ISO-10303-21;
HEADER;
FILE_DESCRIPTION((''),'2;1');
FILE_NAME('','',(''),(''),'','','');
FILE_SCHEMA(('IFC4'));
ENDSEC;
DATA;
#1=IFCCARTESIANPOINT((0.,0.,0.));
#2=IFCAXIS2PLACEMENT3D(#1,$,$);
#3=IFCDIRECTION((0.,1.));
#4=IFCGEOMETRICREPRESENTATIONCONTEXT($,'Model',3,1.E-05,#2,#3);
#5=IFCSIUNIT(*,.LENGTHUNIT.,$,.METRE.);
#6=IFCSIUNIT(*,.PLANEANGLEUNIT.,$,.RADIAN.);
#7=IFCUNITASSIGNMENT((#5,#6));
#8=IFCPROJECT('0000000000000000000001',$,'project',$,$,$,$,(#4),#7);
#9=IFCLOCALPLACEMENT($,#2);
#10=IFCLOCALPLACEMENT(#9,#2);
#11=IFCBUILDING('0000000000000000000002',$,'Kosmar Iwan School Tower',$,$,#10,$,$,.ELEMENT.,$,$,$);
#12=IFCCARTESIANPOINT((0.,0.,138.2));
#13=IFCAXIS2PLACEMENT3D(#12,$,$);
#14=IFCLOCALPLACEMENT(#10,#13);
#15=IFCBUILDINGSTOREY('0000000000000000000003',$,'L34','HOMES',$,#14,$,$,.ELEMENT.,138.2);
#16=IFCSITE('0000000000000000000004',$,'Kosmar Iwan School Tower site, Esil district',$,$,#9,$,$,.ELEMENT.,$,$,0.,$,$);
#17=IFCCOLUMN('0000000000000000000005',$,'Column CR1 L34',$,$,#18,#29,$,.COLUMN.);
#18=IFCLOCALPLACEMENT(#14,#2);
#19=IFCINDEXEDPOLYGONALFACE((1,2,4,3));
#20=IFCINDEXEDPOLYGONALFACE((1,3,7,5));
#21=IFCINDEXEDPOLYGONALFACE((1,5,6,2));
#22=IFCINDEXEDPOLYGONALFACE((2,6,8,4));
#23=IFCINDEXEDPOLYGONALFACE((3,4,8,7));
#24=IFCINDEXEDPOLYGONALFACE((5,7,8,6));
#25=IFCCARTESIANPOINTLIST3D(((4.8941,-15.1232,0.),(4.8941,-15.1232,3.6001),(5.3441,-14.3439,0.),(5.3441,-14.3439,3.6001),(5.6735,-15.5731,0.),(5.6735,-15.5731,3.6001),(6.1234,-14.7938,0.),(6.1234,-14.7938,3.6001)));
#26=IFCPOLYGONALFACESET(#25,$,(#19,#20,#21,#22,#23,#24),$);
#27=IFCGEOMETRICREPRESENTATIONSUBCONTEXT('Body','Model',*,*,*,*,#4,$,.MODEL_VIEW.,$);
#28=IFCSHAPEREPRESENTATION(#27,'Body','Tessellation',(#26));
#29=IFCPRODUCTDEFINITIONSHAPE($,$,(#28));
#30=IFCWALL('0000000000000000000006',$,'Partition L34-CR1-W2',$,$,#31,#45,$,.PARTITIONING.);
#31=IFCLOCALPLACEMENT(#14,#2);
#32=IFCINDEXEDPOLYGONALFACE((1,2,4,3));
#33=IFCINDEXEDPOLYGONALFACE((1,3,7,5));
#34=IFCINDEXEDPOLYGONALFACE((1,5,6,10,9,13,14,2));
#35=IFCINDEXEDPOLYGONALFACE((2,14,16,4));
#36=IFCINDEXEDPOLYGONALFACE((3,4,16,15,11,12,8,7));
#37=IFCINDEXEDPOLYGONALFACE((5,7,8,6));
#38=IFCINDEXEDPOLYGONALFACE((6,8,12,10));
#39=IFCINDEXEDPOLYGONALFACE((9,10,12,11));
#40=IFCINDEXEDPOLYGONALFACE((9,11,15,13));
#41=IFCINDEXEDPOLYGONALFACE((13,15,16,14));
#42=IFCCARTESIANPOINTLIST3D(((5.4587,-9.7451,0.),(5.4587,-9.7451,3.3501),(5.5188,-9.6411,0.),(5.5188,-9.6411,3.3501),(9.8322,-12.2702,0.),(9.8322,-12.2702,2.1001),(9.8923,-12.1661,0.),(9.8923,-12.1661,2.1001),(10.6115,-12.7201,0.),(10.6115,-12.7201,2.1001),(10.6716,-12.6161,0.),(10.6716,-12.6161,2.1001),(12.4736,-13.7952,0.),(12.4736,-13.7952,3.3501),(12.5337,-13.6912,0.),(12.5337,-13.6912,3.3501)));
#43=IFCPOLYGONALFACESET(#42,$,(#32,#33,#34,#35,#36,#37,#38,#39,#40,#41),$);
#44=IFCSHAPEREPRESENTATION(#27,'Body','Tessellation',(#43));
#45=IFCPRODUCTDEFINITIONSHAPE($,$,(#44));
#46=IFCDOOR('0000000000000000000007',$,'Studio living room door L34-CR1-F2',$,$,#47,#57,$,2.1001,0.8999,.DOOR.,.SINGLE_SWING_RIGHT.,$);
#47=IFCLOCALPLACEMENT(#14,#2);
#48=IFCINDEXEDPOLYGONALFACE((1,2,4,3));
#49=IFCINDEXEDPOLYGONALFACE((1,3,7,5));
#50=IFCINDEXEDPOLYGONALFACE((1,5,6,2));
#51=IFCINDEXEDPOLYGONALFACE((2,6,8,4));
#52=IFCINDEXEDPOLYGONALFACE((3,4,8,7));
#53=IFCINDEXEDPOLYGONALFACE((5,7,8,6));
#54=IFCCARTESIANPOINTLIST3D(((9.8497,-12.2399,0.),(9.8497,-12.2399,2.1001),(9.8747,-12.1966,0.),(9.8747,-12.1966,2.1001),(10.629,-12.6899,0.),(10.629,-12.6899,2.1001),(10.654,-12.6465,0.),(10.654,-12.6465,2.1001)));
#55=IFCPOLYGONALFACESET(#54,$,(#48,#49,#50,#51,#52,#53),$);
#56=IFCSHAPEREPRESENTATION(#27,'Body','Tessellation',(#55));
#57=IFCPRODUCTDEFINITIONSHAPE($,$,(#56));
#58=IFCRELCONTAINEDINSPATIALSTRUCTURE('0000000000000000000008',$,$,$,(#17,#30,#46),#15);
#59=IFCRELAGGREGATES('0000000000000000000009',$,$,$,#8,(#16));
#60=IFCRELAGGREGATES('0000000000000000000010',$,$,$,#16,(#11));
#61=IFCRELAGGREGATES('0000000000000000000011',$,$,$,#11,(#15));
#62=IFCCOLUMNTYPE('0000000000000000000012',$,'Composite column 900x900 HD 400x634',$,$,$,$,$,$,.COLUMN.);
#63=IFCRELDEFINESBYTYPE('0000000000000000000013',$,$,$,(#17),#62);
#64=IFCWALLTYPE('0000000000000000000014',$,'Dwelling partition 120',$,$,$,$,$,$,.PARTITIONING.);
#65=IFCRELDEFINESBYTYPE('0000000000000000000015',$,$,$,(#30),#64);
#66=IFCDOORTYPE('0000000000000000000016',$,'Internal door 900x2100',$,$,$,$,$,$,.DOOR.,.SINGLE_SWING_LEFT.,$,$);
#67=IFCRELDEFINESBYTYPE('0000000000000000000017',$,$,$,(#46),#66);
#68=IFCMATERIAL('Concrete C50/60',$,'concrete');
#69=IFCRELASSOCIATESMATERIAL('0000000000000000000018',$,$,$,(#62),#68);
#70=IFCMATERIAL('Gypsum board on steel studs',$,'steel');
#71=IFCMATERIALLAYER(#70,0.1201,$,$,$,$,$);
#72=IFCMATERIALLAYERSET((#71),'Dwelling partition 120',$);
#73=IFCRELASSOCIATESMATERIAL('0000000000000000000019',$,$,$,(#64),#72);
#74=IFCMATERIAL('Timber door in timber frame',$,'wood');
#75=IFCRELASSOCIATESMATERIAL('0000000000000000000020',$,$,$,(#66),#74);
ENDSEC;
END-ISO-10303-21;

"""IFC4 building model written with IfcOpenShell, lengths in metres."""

from ifc_helpers import new_model, si_unit, direction, frame, frame_2d, origin, origin_2d, place, context, subcontext, project, spatial, rectangle, extrude, material, layer, layer_set, material_profile, profile_set, type_object, element, fill, save


model = new_model("IFC4")

# Units and contexts
model_context = context("Model", 3, precision=1e-05, world=origin(), true_north=direction((0.0, 1.0)))
body_context = subcontext(model_context, "Body", "Model", "MODEL_VIEW")
ifc_project = project(units=[si_unit("LENGTHUNIT", "METRE"), si_unit("PLANEANGLEUNIT", "RADIAN")], contexts=[model_context])

# Site, building, storey
site_placement = place(None, origin())
site = spatial("IfcSite", under=ifc_project, at=site_placement, Name="Kosmar Iwan School Tower site, Esil district", CompositionType="ELEMENT", RefElevation=0.0)
building_placement = place(site_placement, origin())
building = spatial("IfcBuilding", under=site, at=building_placement, Name="Kosmar Iwan School Tower", CompositionType="ELEMENT")
storey_placement = place(building_placement, frame((0.0, 0.0, 138.2)))
storey = spatial("IfcBuildingStorey", under=building, at=storey_placement, Name="L34", Description="HOMES", CompositionType="ELEMENT", Elevation=138.2)

# Column
ifc_material_1 = material(Name="Concrete C50/60", Category="concrete")
ifc_material_profile = material_profile(ifc_material_1, rectangle(XDim=0.8999, YDim=0.8999, at=origin_2d()), Name="RC 900x900 + HD 400x634")
ifc_profile_set = profile_set([ifc_material_profile], Name="Concrete C50/60")
column_type = type_object("IfcColumnType", Name="Composite column 900x900 HD 400x634", PredefinedType="COLUMN", material=ifc_profile_set)
column_placement = place(storey_placement, frame((5.5088, -14.9585, 0.0), z_axis=(0.0, 0.0, 1.0), x_axis=(0.866025, -0.5, 0.0)))
element("IfcColumn", 1, at=column_placement, inside=storey, type_object=column_type, Name="Column CR1 L34", PredefinedType="COLUMN", context=body_context, shape_type="SweptSolid", body=[
    extrude(rectangle(XDim=0.8999, YDim=0.8999, at=origin_2d()), origin(), (0.0, 0.0, 1.0), 3.6001),
])

# Wall, opening, door
ifc_material_2 = material(Name="Gypsum board on steel studs", Category="steel")
ifc_layer_1 = layer(ifc_material_2, 0.1201)
ifc_layer_set_1 = layer_set([ifc_layer_1], Name="Dwelling partition 120")
wall_type_1 = type_object("IfcWallType", Name="Dwelling partition 120", PredefinedType="PARTITIONING", material=ifc_layer_set_1)
wall_1_placement = place(storey_placement, frame((5.4888, -9.6931, 0.0), z_axis=(0.0, 0.0, 1.0), x_axis=(0.866025, -0.5, 0.0)))
wall_1 = element("IfcWall", 2, at=wall_1_placement, inside=storey, type_object=wall_type_1, Name="Partition L34-CR1-W2", PredefinedType="PARTITIONING", context=body_context, shape_type="SweptSolid", body=[
    extrude(rectangle(XDim=8.1001, YDim=0.1201, at=frame_2d((4.05, 0.0))), origin(), (0.0, 0.0, 1.0), 3.3501),
])
opening_1_placement = place(wall_1_placement, frame((5.05, 0.0, 0.0)))
opening_1 = element("IfcOpeningElement", 3, at=opening_1_placement, cuts=wall_1, PredefinedType="OPENING", context=body_context, shape_type="SweptSolid", body=[
    extrude(rectangle(XDim=0.8999, YDim=2.1001, at=frame_2d((0.45, 1.05))), frame((0.0, 0.072, 0.0), z_axis=(0.0, -1.0, 0.0), x_axis=(1.0, 0.0, 0.0)), (0.0, 0.0, 1.0), 0.144),
])
ifc_material_3 = material(Name="Timber door in timber frame", Category="wood")
door_type = type_object("IfcDoorType", Name="Internal door 900x2100", OperationType="SINGLE_SWING_LEFT", PredefinedType="DOOR", material=ifc_material_3)
door_placement = place(opening_1_placement, origin())
door = element("IfcDoor", 4, at=door_placement, inside=storey, type_object=door_type, Name="Studio living room door L34-CR1-F2", OperationType="SINGLE_SWING_RIGHT", OverallHeight=2.1001, OverallWidth=0.8999, PredefinedType="DOOR", context=body_context, shape_type="SweptSolid", body=[
    extrude(rectangle(XDim=0.8999, YDim=2.1001, at=frame_2d((0.45, 1.05))), frame((0.0, 0.0249, 0.0), z_axis=(0.0, -1.0, 0.0), x_axis=(1.0, 0.0, 0.0)), (0.0, 0.0, 1.0), 0.05),
])
fill(opening_1, door)

save(model, "model.ifc")
